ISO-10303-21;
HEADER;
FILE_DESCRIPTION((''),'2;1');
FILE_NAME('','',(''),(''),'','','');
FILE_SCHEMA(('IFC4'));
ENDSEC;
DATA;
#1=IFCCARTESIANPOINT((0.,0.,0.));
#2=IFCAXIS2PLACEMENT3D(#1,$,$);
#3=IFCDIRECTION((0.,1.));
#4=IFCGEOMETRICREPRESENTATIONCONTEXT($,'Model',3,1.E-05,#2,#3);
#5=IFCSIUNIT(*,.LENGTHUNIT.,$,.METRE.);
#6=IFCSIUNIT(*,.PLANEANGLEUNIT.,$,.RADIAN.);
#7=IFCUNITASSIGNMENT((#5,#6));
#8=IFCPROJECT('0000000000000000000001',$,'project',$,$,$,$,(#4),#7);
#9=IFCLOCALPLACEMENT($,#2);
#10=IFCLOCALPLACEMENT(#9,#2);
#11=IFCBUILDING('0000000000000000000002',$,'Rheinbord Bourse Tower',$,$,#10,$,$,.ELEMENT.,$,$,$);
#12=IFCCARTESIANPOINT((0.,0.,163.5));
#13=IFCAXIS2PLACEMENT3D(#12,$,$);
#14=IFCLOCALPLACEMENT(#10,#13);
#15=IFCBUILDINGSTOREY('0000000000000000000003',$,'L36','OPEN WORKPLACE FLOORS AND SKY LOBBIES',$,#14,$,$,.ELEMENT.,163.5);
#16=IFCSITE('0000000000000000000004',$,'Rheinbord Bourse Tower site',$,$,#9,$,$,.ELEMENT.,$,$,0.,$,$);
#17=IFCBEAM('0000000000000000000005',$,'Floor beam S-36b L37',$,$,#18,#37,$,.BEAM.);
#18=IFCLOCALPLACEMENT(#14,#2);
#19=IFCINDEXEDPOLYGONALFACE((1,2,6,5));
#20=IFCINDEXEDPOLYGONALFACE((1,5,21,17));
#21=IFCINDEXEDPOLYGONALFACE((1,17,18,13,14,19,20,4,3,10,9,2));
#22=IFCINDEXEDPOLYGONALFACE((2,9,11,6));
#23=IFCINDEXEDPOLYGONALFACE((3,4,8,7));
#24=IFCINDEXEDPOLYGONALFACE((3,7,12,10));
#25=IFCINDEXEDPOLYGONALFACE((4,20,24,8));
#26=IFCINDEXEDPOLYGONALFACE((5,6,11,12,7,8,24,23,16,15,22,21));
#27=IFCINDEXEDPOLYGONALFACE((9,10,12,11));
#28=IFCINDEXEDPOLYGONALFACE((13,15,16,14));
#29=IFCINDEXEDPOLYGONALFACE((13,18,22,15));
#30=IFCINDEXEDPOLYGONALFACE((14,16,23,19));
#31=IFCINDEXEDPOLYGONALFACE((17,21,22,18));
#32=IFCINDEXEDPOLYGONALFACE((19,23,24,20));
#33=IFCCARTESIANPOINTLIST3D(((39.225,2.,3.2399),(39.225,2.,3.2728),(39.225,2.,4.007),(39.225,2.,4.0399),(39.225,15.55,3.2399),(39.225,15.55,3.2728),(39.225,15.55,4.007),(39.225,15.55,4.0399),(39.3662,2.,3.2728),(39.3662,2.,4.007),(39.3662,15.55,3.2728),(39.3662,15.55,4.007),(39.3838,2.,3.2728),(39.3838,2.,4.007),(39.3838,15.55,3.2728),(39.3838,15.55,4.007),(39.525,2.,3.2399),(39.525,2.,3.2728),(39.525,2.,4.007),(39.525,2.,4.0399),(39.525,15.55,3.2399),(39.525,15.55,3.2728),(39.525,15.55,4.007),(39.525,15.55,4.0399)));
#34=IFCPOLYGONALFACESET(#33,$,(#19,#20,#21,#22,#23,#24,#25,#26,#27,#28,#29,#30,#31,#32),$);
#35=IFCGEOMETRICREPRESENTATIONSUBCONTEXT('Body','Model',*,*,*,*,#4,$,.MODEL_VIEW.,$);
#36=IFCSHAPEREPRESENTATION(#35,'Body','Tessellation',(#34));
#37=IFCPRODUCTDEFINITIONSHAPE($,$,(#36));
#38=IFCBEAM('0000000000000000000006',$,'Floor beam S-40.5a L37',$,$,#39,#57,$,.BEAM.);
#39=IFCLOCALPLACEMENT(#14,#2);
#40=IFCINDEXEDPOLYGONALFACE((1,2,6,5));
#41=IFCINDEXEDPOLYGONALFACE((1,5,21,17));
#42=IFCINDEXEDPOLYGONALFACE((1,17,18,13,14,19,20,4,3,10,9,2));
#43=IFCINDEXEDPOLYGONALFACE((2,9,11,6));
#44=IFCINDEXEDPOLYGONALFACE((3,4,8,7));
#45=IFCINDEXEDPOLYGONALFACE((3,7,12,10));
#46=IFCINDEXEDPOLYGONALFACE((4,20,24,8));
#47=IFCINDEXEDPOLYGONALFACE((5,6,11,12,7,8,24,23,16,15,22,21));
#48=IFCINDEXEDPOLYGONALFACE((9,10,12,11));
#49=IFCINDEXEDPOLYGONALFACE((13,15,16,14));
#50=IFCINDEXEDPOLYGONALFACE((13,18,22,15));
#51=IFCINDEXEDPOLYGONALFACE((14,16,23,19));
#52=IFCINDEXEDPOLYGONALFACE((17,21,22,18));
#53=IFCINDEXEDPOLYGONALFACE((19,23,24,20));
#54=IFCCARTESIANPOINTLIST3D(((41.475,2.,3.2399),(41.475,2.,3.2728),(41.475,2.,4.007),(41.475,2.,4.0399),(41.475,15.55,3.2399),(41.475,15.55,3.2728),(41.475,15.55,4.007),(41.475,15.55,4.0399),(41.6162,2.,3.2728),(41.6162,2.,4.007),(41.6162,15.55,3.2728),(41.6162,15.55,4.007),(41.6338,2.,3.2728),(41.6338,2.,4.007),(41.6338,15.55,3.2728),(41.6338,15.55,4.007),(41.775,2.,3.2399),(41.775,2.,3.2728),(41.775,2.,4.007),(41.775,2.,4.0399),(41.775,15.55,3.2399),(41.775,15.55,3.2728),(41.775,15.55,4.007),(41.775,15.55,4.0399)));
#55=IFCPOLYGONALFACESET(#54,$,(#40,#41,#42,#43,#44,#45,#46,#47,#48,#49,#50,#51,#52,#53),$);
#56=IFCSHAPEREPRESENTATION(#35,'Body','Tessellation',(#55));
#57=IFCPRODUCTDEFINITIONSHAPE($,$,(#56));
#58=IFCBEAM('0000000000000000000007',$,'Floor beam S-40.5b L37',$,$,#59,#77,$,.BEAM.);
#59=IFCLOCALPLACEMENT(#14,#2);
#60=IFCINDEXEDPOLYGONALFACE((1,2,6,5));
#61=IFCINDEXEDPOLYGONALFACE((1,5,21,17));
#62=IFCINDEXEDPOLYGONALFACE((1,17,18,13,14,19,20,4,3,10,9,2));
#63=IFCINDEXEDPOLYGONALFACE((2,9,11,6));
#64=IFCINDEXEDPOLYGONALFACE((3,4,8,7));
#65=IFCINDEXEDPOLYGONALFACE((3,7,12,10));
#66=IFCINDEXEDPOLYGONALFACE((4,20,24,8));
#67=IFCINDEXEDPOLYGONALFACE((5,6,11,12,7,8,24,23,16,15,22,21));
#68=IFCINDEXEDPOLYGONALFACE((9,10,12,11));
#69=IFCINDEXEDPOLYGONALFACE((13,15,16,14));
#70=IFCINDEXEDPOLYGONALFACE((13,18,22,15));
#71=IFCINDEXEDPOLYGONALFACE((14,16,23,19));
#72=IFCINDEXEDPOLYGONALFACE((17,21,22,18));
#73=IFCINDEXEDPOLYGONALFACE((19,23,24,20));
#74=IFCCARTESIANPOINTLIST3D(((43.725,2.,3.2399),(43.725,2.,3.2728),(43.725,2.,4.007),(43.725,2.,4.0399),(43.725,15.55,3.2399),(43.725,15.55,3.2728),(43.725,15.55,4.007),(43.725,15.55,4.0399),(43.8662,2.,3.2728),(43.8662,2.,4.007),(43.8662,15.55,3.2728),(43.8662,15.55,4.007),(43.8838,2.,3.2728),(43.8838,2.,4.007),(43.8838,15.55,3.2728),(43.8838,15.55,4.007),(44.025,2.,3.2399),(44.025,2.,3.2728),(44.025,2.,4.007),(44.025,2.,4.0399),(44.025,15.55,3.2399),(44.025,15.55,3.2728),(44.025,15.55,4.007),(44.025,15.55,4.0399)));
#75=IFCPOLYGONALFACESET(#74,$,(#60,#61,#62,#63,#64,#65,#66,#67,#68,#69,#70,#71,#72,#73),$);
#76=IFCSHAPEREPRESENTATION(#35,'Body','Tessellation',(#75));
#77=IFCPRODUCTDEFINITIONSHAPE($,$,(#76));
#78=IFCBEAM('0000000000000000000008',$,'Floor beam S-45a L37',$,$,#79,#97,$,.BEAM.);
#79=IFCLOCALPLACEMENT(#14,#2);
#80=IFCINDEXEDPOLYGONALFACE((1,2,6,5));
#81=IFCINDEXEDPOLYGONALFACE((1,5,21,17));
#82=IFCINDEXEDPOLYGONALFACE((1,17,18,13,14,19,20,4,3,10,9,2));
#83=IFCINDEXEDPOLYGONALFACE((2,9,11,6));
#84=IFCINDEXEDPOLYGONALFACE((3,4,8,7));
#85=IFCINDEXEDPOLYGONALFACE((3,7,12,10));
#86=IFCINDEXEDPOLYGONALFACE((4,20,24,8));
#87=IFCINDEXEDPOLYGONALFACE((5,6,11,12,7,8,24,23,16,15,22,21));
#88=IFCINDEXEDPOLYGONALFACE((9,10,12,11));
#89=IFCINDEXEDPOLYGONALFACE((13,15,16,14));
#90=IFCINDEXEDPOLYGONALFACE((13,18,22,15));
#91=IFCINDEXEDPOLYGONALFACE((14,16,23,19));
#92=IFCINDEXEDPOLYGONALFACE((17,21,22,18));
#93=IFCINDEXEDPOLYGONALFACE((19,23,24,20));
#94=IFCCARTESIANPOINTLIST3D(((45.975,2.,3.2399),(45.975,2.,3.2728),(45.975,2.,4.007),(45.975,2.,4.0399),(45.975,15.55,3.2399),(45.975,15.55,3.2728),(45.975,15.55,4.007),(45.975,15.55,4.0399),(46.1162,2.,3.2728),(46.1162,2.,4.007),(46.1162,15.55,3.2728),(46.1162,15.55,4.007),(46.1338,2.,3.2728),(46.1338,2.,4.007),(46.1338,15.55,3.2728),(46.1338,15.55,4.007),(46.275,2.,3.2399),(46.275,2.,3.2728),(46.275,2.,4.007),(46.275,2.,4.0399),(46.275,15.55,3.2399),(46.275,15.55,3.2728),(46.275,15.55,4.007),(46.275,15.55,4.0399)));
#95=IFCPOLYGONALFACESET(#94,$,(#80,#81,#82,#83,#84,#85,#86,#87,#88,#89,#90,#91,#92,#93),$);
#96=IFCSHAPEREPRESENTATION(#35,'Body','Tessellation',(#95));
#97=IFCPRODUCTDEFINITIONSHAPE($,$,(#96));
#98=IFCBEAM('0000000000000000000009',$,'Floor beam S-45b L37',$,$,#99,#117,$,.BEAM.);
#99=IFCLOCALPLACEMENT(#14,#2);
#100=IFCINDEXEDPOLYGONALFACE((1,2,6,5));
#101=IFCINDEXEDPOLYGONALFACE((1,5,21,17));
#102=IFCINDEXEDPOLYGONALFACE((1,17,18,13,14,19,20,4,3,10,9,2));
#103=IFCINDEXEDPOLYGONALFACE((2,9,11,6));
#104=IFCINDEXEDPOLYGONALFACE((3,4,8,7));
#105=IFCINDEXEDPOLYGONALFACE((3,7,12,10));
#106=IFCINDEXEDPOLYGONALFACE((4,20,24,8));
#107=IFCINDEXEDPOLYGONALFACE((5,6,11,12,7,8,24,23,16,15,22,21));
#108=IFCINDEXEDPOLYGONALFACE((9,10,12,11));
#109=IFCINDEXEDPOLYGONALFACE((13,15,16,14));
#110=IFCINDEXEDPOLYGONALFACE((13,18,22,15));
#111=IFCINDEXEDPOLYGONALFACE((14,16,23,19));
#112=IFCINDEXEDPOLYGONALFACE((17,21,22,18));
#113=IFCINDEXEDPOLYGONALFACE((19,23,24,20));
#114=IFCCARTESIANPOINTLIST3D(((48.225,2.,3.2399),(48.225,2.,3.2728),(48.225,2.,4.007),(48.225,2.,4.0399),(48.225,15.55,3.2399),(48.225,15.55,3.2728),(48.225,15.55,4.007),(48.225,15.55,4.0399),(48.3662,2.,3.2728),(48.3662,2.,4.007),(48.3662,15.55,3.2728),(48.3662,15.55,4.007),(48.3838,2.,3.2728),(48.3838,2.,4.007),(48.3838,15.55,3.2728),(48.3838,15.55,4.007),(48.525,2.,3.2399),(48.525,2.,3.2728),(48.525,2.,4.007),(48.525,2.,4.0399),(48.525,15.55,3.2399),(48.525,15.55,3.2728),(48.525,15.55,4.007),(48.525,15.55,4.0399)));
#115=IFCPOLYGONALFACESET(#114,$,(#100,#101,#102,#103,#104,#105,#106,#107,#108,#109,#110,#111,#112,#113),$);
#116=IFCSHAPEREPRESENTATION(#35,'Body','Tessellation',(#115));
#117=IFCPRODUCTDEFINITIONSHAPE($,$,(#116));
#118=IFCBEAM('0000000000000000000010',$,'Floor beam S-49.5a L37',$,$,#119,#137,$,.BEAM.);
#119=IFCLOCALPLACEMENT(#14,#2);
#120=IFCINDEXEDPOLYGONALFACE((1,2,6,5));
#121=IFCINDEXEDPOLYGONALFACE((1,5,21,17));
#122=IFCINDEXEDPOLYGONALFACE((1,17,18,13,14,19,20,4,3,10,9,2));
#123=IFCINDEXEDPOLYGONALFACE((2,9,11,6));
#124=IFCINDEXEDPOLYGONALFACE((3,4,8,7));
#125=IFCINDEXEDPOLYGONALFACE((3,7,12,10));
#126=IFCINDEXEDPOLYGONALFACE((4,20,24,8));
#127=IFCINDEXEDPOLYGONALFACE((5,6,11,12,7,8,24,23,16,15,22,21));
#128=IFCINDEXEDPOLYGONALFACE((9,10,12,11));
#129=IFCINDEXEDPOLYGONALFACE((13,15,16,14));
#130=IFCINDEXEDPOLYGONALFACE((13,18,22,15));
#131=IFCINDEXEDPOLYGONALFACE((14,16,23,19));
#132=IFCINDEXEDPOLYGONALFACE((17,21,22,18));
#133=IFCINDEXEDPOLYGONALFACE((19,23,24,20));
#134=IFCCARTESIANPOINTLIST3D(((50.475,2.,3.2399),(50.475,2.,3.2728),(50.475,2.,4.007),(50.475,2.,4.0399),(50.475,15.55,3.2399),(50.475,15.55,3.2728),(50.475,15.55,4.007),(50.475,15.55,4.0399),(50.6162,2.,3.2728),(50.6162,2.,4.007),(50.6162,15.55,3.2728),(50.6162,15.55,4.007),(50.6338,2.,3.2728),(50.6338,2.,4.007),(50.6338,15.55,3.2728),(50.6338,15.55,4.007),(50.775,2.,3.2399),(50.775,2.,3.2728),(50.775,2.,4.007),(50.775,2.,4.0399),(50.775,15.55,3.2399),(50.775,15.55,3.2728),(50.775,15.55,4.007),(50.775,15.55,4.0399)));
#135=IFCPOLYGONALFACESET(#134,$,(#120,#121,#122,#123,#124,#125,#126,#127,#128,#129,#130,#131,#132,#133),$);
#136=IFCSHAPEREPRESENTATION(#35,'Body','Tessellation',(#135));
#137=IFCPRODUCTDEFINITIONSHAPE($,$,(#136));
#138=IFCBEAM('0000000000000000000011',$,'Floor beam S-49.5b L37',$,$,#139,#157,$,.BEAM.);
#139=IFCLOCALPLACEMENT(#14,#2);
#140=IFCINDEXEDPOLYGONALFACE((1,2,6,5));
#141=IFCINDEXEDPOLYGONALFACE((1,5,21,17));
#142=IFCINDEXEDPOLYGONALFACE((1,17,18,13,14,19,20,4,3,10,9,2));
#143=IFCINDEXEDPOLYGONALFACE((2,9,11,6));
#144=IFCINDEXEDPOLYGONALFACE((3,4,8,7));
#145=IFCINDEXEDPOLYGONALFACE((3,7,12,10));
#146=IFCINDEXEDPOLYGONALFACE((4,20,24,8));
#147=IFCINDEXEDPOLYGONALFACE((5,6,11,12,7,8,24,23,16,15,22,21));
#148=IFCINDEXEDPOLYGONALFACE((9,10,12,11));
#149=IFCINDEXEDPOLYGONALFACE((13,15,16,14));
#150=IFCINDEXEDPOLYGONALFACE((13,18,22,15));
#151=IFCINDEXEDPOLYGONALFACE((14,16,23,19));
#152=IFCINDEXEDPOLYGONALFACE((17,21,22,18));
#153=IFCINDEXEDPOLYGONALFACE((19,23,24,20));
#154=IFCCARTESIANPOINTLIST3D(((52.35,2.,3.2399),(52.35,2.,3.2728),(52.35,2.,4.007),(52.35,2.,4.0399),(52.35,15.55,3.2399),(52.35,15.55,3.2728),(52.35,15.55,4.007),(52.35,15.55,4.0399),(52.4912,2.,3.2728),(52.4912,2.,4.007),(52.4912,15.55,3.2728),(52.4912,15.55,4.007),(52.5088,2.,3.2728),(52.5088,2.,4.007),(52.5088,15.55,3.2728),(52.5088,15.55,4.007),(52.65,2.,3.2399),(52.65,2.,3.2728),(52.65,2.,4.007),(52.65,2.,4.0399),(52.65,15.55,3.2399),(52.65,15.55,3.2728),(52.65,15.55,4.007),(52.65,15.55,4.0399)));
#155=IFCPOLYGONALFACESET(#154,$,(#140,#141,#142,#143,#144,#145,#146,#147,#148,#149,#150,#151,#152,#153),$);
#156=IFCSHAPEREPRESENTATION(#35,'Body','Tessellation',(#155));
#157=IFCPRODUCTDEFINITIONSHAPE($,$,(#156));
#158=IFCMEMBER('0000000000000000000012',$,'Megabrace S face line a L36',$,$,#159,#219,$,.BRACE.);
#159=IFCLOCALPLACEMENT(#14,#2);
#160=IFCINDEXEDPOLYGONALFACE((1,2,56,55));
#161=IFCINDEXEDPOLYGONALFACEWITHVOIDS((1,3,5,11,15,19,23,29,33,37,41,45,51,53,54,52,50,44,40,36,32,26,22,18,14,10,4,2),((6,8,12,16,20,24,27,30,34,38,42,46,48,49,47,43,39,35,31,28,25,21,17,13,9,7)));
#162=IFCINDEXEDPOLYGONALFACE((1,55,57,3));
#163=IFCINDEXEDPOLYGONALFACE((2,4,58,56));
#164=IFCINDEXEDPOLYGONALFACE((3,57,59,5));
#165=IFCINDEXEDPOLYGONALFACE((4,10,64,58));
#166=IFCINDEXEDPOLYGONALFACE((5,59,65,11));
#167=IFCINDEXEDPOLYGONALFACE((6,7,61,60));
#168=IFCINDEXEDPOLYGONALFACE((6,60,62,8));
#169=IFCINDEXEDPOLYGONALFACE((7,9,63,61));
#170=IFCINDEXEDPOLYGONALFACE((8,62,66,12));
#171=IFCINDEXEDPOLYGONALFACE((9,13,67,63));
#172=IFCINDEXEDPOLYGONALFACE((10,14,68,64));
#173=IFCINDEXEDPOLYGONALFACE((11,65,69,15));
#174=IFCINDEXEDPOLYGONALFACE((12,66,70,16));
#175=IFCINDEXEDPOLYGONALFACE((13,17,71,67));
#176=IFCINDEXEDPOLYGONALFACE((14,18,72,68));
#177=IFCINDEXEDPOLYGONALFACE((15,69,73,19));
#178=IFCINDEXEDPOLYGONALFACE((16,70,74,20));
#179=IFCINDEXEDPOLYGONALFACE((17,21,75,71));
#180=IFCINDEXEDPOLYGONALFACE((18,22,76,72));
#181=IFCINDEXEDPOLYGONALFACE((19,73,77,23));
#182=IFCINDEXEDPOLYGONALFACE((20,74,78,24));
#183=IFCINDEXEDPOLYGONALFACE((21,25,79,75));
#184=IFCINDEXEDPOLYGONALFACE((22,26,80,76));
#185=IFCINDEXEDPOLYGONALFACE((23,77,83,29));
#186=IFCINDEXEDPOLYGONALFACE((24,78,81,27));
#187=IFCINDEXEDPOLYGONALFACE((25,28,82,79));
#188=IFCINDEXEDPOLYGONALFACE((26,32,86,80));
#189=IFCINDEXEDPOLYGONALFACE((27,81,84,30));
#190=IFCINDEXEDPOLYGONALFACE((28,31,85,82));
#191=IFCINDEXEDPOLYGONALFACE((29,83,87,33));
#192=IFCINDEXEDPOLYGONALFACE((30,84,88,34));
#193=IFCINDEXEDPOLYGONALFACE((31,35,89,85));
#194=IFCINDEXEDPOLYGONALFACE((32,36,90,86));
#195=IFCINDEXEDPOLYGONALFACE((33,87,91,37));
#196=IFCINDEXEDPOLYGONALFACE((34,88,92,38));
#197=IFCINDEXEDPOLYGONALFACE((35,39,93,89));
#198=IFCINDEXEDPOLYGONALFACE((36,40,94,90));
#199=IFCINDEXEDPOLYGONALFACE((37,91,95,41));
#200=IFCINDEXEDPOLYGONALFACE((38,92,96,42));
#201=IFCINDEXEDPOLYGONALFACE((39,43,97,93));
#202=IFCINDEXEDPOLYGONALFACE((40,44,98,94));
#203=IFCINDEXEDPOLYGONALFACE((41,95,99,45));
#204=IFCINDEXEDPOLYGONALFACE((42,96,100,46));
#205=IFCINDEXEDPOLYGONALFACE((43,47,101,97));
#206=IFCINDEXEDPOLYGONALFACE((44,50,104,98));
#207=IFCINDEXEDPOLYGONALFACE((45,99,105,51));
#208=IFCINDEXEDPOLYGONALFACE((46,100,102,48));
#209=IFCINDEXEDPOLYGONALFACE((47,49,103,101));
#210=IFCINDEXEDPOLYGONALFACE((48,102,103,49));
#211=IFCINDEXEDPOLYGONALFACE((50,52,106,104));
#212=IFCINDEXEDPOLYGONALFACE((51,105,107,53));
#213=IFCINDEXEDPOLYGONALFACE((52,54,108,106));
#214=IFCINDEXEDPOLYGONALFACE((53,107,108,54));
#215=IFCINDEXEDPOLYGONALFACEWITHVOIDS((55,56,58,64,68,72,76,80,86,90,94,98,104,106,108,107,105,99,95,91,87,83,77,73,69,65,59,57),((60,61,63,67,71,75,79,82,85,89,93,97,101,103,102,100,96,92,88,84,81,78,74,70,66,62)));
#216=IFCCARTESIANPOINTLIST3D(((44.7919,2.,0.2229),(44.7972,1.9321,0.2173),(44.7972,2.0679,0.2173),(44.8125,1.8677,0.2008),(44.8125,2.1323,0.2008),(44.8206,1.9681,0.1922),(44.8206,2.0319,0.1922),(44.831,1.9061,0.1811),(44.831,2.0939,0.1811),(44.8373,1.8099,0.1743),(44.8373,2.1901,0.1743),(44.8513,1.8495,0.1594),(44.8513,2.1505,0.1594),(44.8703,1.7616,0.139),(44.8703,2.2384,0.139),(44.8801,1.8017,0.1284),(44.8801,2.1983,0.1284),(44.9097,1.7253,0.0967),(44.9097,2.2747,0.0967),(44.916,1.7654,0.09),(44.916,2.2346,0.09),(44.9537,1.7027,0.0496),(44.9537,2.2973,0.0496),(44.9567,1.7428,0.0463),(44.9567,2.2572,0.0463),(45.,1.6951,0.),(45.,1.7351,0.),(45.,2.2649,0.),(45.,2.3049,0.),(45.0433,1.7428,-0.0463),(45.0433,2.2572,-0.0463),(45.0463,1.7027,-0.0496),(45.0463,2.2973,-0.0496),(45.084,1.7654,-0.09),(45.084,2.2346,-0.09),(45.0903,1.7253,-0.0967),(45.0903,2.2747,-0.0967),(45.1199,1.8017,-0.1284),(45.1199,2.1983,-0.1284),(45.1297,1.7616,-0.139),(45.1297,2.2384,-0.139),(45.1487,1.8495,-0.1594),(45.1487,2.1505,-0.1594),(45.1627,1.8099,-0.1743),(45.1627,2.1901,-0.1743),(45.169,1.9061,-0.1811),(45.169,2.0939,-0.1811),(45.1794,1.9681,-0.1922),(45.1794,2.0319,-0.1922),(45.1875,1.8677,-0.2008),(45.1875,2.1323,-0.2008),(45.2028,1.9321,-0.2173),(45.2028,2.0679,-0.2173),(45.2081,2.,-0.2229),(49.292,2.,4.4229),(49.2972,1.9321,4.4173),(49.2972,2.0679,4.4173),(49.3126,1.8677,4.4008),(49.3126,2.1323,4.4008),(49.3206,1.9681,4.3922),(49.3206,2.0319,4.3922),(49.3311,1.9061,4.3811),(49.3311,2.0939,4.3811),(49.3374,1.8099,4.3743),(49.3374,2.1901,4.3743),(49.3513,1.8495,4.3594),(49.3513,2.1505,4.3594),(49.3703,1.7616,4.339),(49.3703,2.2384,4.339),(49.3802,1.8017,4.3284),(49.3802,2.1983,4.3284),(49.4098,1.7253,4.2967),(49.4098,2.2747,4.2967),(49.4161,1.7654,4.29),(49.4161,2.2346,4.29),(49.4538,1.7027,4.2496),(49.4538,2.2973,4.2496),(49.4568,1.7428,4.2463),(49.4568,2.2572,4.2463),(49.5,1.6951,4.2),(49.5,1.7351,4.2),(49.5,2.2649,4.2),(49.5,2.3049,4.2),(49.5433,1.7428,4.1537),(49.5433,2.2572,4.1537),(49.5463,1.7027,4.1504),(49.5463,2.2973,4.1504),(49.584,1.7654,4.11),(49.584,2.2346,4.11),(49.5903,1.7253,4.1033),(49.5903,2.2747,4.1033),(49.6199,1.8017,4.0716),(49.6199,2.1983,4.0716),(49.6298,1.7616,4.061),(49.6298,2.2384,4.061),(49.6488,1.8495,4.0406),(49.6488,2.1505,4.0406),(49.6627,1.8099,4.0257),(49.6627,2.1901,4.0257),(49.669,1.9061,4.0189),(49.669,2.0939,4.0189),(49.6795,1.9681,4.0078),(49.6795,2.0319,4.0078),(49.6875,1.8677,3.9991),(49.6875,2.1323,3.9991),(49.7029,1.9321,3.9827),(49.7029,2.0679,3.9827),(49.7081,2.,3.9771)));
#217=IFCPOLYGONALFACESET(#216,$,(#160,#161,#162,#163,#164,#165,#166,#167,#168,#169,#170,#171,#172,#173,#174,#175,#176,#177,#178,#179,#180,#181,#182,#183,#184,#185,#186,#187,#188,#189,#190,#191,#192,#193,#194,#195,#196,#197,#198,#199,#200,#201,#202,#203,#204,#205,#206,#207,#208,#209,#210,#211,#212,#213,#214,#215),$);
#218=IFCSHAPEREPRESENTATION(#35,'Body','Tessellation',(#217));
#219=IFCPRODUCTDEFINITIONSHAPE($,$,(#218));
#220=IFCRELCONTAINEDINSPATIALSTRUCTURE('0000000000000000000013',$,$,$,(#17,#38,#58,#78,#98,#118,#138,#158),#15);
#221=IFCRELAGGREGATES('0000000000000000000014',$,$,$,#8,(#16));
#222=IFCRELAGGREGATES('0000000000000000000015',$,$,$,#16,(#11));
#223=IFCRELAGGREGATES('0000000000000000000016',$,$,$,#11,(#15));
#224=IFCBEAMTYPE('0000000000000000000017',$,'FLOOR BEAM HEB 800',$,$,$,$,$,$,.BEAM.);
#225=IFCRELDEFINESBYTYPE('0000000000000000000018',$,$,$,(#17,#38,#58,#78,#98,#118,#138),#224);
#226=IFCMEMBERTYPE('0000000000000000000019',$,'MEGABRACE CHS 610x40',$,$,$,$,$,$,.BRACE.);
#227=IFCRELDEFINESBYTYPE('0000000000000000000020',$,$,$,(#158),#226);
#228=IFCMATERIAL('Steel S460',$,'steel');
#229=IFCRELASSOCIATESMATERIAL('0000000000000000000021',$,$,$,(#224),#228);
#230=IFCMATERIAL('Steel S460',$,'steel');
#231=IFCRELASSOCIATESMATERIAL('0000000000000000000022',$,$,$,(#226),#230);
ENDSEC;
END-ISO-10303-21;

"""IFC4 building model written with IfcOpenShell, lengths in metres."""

from ifc_helpers import new_model, si_unit, direction, frame, origin, origin_2d, place, context, subcontext, project, spatial, hollow_circle, i_section, extrude, material, material_profile, profile_set, type_object, element, save


model = new_model("IFC4")

# Units and contexts
model_context = context("Model", 3, precision=1e-05, world=origin(), true_north=direction((0.0, 1.0)))
body_context = subcontext(model_context, "Body", "Model", "MODEL_VIEW")
ifc_project = project(units=[si_unit("LENGTHUNIT", "METRE"), si_unit("PLANEANGLEUNIT", "RADIAN")], contexts=[model_context])

# Site, building, storey
site_placement = place(None, origin())
site = spatial("IfcSite", under=ifc_project, at=site_placement, Name="Rheinbord Bourse Tower site", CompositionType="ELEMENT", RefElevation=0.0)
building_placement = place(site_placement, origin())
building = spatial("IfcBuilding", under=site, at=building_placement, Name="Rheinbord Bourse Tower", CompositionType="ELEMENT")
storey_placement = place(building_placement, frame((0.0, 0.0, 163.5)))
storey = spatial("IfcBuildingStorey", under=building, at=storey_placement, Name="L36", Description="OPEN WORKPLACE FLOORS AND SKY LOBBIES", CompositionType="ELEMENT", Elevation=163.5)

# Beams
ifc_material_1 = material(Name="Steel S460", Category="steel")
ifc_material_profile_1 = material_profile(ifc_material_1, i_section(OverallWidth=0.3, OverallDepth=0.8, WebThickness=0.0176, FlangeThickness=0.033, at=origin_2d()), Name="HEB 800")
ifc_profile_set_1 = profile_set([ifc_material_profile_1], Name="Steel S460")
beam_type_1 = type_object("IfcBeamType", Name="FLOOR BEAM HEB 800", PredefinedType="BEAM", material=ifc_profile_set_1)
for number, where, z_axis, x_axis, name in (
    (1, (39.375, 2.0, 3.6399), (0.0, 1.0, 0.0), (-1.0, 0.0, 0.0), "Floor beam S-36b L37"),
    (2, (41.625, 2.0, 3.6399), (0.0, 1.0, 0.0), (-1.0, 0.0, 0.0), "Floor beam S-40.5a L37"),
    (3, (43.875, 2.0, 3.6399), (0.0, 1.0, 0.0), (-1.0, 0.0, 0.0), "Floor beam S-40.5b L37"),
    (4, (46.125, 2.0, 3.6399), (0.0, 1.0, 0.0), (-1.0, 0.0, 0.0), "Floor beam S-45a L37"),
    (5, (48.375, 2.0, 3.6399), (0.0, 1.0, 0.0), (-1.0, 0.0, 0.0), "Floor beam S-45b L37"),
    (6, (50.625, 2.0, 3.6399), (0.0, 1.0, 0.0), (-1.0, 0.0, 0.0), "Floor beam S-49.5a L37"),
    (7, (52.5, 2.0, 3.6399), (0.0, 1.0, 0.0), (-1.0, 0.0, 0.0), "Floor beam S-49.5b L37"),
):
    element("IfcBeam", number, at=place(storey_placement, frame(where, z_axis=z_axis, x_axis=x_axis)), inside=storey, type_object=beam_type_1, Name=name, PredefinedType="BEAM", context=body_context, shape_type="SweptSolid", body=[
        extrude(i_section(OverallWidth=0.3, OverallDepth=0.8, WebThickness=0.0176, FlangeThickness=0.033, at=origin_2d()), origin(), (0.0, 0.0, 1.0), 13.55),
    ])

# Member
ifc_material_2 = material(Name="Steel S460", Category="steel")
ifc_material_profile_2 = material_profile(ifc_material_2, hollow_circle(Radius=0.3049, WallThickness=0.04, at=origin_2d()), Name="CHS 610x40")
ifc_profile_set_2 = profile_set([ifc_material_profile_2], Name="Steel S460")
member_type_1 = type_object("IfcMemberType", Name="MEGABRACE CHS 610x40", PredefinedType="BRACE", material=ifc_profile_set_2)
member_1_placement = place(storey_placement, frame((45.0, 2.0, 0.0), z_axis=(0.731059, 0.0, 0.682314), x_axis=(0.0, 1.0, 0.0)))
element("IfcMember", 8, at=member_1_placement, inside=storey, type_object=member_type_1, Name="Megabrace S face line a L36", PredefinedType="BRACE", context=body_context, shape_type="SweptSolid", body=[
    extrude(hollow_circle(Radius=0.3049, WallThickness=0.04, at=origin_2d()), origin(), (0.0, 0.0, 1.0), 6.1555),
])

save(model, "model.ifc")
